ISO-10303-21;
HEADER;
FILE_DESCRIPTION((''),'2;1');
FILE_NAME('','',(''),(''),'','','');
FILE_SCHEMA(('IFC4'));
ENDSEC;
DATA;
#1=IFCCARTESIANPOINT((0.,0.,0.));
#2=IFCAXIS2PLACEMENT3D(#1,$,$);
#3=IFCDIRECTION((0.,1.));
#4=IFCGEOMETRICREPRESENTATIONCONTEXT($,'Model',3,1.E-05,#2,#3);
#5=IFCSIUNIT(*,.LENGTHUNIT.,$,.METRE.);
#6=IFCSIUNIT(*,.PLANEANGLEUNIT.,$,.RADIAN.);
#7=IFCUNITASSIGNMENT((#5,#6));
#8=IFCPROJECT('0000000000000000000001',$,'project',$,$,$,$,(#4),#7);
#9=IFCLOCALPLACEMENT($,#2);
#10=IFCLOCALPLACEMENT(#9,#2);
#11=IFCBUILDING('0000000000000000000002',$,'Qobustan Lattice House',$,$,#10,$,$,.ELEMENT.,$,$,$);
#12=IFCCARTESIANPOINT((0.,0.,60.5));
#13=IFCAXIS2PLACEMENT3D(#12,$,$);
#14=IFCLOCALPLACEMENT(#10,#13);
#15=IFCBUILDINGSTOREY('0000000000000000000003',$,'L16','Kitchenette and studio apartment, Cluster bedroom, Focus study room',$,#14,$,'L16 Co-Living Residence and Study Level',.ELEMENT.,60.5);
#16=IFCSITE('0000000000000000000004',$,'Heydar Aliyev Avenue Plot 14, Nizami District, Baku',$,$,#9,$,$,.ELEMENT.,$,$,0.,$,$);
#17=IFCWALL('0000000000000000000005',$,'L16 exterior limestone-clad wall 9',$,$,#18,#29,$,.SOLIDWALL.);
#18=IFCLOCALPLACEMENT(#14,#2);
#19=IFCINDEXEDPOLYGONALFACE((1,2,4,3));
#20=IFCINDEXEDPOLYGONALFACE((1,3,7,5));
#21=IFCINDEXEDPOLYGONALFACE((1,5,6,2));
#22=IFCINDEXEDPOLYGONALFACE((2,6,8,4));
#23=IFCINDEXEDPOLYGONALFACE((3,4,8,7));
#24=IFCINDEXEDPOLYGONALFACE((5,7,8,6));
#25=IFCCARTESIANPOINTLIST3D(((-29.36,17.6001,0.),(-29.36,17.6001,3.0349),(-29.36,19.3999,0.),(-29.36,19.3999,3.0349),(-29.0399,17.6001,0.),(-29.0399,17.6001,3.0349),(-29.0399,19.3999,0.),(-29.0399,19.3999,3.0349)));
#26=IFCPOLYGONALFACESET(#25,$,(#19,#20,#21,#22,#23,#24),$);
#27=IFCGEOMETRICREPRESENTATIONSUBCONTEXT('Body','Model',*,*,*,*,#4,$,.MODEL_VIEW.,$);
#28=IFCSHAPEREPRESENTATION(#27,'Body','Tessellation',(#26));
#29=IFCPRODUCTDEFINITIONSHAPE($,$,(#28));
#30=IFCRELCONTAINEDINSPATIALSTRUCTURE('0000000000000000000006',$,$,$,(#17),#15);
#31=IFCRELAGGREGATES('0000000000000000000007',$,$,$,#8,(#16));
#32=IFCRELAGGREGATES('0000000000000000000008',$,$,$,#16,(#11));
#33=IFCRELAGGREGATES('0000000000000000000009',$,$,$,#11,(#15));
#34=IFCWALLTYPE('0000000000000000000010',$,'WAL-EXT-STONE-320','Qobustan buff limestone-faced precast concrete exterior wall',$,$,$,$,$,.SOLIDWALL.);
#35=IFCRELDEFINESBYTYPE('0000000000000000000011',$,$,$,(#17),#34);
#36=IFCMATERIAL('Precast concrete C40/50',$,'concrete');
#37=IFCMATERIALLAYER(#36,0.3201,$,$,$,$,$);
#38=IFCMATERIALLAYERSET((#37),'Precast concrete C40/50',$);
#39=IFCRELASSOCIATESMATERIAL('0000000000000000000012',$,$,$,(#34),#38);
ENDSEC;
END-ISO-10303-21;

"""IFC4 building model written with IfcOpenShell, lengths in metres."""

from ifc_helpers import new_model, si_unit, direction, frame, frame_2d, origin, place, context, subcontext, project, spatial, rectangle, extrude, material, layer, layer_set, type_object, element, save


model = new_model("IFC4")

# Units and contexts
model_context = context("Model", 3, precision=1e-05, world=origin(), true_north=direction((0.0, 1.0)))
body_context = subcontext(model_context, "Body", "Model", "MODEL_VIEW")
ifc_project = project(units=[si_unit("LENGTHUNIT", "METRE"), si_unit("PLANEANGLEUNIT", "RADIAN")], contexts=[model_context])

# Site, building, storey
site_placement = place(None, origin())
site = spatial("IfcSite", under=ifc_project, at=site_placement, Name="Heydar Aliyev Avenue Plot 14, Nizami District, Baku", CompositionType="ELEMENT", RefElevation=0.0)
building_placement = place(site_placement, origin())
building = spatial("IfcBuilding", under=site, at=building_placement, Name="Qobustan Lattice House", CompositionType="ELEMENT")
storey_placement = place(building_placement, frame((0.0, 0.0, 60.5)))
storey = spatial("IfcBuildingStorey", under=building, at=storey_placement, Name="L16", Description="Kitchenette and studio apartment, Cluster bedroom, Focus study room", LongName="L16 Co-Living Residence and Study Level", CompositionType="ELEMENT", Elevation=60.5)

# Wall
ifc_material_1 = material(Name="Precast concrete C40/50", Category="concrete")
ifc_layer_1 = layer(ifc_material_1, 0.3201)
ifc_layer_set_1 = layer_set([ifc_layer_1], Name="Precast concrete C40/50")
wall_type = type_object("IfcWallType", Name="WAL-EXT-STONE-320", Description="Qobustan buff limestone-faced precast concrete exterior wall", PredefinedType="SOLIDWALL", material=ifc_layer_set_1)
wall_1_placement = place(storey_placement, frame((-29.2, 17.6001, 0.0), z_axis=(0.0, 0.0, 1.0), x_axis=(0.0, 1.0, 0.0)))
element("IfcWall", 1, at=wall_1_placement, inside=storey, type_object=wall_type, Name="L16 exterior limestone-clad wall 9", PredefinedType="SOLIDWALL", context=body_context, shape_type="SweptSolid", body=[
    extrude(rectangle(XDim=1.7998, YDim=0.3201, at=frame_2d((0.8999, 0.0))), origin(), (0.0, 0.0, 1.0), 3.0349),
])

save(model, "model.ifc")
